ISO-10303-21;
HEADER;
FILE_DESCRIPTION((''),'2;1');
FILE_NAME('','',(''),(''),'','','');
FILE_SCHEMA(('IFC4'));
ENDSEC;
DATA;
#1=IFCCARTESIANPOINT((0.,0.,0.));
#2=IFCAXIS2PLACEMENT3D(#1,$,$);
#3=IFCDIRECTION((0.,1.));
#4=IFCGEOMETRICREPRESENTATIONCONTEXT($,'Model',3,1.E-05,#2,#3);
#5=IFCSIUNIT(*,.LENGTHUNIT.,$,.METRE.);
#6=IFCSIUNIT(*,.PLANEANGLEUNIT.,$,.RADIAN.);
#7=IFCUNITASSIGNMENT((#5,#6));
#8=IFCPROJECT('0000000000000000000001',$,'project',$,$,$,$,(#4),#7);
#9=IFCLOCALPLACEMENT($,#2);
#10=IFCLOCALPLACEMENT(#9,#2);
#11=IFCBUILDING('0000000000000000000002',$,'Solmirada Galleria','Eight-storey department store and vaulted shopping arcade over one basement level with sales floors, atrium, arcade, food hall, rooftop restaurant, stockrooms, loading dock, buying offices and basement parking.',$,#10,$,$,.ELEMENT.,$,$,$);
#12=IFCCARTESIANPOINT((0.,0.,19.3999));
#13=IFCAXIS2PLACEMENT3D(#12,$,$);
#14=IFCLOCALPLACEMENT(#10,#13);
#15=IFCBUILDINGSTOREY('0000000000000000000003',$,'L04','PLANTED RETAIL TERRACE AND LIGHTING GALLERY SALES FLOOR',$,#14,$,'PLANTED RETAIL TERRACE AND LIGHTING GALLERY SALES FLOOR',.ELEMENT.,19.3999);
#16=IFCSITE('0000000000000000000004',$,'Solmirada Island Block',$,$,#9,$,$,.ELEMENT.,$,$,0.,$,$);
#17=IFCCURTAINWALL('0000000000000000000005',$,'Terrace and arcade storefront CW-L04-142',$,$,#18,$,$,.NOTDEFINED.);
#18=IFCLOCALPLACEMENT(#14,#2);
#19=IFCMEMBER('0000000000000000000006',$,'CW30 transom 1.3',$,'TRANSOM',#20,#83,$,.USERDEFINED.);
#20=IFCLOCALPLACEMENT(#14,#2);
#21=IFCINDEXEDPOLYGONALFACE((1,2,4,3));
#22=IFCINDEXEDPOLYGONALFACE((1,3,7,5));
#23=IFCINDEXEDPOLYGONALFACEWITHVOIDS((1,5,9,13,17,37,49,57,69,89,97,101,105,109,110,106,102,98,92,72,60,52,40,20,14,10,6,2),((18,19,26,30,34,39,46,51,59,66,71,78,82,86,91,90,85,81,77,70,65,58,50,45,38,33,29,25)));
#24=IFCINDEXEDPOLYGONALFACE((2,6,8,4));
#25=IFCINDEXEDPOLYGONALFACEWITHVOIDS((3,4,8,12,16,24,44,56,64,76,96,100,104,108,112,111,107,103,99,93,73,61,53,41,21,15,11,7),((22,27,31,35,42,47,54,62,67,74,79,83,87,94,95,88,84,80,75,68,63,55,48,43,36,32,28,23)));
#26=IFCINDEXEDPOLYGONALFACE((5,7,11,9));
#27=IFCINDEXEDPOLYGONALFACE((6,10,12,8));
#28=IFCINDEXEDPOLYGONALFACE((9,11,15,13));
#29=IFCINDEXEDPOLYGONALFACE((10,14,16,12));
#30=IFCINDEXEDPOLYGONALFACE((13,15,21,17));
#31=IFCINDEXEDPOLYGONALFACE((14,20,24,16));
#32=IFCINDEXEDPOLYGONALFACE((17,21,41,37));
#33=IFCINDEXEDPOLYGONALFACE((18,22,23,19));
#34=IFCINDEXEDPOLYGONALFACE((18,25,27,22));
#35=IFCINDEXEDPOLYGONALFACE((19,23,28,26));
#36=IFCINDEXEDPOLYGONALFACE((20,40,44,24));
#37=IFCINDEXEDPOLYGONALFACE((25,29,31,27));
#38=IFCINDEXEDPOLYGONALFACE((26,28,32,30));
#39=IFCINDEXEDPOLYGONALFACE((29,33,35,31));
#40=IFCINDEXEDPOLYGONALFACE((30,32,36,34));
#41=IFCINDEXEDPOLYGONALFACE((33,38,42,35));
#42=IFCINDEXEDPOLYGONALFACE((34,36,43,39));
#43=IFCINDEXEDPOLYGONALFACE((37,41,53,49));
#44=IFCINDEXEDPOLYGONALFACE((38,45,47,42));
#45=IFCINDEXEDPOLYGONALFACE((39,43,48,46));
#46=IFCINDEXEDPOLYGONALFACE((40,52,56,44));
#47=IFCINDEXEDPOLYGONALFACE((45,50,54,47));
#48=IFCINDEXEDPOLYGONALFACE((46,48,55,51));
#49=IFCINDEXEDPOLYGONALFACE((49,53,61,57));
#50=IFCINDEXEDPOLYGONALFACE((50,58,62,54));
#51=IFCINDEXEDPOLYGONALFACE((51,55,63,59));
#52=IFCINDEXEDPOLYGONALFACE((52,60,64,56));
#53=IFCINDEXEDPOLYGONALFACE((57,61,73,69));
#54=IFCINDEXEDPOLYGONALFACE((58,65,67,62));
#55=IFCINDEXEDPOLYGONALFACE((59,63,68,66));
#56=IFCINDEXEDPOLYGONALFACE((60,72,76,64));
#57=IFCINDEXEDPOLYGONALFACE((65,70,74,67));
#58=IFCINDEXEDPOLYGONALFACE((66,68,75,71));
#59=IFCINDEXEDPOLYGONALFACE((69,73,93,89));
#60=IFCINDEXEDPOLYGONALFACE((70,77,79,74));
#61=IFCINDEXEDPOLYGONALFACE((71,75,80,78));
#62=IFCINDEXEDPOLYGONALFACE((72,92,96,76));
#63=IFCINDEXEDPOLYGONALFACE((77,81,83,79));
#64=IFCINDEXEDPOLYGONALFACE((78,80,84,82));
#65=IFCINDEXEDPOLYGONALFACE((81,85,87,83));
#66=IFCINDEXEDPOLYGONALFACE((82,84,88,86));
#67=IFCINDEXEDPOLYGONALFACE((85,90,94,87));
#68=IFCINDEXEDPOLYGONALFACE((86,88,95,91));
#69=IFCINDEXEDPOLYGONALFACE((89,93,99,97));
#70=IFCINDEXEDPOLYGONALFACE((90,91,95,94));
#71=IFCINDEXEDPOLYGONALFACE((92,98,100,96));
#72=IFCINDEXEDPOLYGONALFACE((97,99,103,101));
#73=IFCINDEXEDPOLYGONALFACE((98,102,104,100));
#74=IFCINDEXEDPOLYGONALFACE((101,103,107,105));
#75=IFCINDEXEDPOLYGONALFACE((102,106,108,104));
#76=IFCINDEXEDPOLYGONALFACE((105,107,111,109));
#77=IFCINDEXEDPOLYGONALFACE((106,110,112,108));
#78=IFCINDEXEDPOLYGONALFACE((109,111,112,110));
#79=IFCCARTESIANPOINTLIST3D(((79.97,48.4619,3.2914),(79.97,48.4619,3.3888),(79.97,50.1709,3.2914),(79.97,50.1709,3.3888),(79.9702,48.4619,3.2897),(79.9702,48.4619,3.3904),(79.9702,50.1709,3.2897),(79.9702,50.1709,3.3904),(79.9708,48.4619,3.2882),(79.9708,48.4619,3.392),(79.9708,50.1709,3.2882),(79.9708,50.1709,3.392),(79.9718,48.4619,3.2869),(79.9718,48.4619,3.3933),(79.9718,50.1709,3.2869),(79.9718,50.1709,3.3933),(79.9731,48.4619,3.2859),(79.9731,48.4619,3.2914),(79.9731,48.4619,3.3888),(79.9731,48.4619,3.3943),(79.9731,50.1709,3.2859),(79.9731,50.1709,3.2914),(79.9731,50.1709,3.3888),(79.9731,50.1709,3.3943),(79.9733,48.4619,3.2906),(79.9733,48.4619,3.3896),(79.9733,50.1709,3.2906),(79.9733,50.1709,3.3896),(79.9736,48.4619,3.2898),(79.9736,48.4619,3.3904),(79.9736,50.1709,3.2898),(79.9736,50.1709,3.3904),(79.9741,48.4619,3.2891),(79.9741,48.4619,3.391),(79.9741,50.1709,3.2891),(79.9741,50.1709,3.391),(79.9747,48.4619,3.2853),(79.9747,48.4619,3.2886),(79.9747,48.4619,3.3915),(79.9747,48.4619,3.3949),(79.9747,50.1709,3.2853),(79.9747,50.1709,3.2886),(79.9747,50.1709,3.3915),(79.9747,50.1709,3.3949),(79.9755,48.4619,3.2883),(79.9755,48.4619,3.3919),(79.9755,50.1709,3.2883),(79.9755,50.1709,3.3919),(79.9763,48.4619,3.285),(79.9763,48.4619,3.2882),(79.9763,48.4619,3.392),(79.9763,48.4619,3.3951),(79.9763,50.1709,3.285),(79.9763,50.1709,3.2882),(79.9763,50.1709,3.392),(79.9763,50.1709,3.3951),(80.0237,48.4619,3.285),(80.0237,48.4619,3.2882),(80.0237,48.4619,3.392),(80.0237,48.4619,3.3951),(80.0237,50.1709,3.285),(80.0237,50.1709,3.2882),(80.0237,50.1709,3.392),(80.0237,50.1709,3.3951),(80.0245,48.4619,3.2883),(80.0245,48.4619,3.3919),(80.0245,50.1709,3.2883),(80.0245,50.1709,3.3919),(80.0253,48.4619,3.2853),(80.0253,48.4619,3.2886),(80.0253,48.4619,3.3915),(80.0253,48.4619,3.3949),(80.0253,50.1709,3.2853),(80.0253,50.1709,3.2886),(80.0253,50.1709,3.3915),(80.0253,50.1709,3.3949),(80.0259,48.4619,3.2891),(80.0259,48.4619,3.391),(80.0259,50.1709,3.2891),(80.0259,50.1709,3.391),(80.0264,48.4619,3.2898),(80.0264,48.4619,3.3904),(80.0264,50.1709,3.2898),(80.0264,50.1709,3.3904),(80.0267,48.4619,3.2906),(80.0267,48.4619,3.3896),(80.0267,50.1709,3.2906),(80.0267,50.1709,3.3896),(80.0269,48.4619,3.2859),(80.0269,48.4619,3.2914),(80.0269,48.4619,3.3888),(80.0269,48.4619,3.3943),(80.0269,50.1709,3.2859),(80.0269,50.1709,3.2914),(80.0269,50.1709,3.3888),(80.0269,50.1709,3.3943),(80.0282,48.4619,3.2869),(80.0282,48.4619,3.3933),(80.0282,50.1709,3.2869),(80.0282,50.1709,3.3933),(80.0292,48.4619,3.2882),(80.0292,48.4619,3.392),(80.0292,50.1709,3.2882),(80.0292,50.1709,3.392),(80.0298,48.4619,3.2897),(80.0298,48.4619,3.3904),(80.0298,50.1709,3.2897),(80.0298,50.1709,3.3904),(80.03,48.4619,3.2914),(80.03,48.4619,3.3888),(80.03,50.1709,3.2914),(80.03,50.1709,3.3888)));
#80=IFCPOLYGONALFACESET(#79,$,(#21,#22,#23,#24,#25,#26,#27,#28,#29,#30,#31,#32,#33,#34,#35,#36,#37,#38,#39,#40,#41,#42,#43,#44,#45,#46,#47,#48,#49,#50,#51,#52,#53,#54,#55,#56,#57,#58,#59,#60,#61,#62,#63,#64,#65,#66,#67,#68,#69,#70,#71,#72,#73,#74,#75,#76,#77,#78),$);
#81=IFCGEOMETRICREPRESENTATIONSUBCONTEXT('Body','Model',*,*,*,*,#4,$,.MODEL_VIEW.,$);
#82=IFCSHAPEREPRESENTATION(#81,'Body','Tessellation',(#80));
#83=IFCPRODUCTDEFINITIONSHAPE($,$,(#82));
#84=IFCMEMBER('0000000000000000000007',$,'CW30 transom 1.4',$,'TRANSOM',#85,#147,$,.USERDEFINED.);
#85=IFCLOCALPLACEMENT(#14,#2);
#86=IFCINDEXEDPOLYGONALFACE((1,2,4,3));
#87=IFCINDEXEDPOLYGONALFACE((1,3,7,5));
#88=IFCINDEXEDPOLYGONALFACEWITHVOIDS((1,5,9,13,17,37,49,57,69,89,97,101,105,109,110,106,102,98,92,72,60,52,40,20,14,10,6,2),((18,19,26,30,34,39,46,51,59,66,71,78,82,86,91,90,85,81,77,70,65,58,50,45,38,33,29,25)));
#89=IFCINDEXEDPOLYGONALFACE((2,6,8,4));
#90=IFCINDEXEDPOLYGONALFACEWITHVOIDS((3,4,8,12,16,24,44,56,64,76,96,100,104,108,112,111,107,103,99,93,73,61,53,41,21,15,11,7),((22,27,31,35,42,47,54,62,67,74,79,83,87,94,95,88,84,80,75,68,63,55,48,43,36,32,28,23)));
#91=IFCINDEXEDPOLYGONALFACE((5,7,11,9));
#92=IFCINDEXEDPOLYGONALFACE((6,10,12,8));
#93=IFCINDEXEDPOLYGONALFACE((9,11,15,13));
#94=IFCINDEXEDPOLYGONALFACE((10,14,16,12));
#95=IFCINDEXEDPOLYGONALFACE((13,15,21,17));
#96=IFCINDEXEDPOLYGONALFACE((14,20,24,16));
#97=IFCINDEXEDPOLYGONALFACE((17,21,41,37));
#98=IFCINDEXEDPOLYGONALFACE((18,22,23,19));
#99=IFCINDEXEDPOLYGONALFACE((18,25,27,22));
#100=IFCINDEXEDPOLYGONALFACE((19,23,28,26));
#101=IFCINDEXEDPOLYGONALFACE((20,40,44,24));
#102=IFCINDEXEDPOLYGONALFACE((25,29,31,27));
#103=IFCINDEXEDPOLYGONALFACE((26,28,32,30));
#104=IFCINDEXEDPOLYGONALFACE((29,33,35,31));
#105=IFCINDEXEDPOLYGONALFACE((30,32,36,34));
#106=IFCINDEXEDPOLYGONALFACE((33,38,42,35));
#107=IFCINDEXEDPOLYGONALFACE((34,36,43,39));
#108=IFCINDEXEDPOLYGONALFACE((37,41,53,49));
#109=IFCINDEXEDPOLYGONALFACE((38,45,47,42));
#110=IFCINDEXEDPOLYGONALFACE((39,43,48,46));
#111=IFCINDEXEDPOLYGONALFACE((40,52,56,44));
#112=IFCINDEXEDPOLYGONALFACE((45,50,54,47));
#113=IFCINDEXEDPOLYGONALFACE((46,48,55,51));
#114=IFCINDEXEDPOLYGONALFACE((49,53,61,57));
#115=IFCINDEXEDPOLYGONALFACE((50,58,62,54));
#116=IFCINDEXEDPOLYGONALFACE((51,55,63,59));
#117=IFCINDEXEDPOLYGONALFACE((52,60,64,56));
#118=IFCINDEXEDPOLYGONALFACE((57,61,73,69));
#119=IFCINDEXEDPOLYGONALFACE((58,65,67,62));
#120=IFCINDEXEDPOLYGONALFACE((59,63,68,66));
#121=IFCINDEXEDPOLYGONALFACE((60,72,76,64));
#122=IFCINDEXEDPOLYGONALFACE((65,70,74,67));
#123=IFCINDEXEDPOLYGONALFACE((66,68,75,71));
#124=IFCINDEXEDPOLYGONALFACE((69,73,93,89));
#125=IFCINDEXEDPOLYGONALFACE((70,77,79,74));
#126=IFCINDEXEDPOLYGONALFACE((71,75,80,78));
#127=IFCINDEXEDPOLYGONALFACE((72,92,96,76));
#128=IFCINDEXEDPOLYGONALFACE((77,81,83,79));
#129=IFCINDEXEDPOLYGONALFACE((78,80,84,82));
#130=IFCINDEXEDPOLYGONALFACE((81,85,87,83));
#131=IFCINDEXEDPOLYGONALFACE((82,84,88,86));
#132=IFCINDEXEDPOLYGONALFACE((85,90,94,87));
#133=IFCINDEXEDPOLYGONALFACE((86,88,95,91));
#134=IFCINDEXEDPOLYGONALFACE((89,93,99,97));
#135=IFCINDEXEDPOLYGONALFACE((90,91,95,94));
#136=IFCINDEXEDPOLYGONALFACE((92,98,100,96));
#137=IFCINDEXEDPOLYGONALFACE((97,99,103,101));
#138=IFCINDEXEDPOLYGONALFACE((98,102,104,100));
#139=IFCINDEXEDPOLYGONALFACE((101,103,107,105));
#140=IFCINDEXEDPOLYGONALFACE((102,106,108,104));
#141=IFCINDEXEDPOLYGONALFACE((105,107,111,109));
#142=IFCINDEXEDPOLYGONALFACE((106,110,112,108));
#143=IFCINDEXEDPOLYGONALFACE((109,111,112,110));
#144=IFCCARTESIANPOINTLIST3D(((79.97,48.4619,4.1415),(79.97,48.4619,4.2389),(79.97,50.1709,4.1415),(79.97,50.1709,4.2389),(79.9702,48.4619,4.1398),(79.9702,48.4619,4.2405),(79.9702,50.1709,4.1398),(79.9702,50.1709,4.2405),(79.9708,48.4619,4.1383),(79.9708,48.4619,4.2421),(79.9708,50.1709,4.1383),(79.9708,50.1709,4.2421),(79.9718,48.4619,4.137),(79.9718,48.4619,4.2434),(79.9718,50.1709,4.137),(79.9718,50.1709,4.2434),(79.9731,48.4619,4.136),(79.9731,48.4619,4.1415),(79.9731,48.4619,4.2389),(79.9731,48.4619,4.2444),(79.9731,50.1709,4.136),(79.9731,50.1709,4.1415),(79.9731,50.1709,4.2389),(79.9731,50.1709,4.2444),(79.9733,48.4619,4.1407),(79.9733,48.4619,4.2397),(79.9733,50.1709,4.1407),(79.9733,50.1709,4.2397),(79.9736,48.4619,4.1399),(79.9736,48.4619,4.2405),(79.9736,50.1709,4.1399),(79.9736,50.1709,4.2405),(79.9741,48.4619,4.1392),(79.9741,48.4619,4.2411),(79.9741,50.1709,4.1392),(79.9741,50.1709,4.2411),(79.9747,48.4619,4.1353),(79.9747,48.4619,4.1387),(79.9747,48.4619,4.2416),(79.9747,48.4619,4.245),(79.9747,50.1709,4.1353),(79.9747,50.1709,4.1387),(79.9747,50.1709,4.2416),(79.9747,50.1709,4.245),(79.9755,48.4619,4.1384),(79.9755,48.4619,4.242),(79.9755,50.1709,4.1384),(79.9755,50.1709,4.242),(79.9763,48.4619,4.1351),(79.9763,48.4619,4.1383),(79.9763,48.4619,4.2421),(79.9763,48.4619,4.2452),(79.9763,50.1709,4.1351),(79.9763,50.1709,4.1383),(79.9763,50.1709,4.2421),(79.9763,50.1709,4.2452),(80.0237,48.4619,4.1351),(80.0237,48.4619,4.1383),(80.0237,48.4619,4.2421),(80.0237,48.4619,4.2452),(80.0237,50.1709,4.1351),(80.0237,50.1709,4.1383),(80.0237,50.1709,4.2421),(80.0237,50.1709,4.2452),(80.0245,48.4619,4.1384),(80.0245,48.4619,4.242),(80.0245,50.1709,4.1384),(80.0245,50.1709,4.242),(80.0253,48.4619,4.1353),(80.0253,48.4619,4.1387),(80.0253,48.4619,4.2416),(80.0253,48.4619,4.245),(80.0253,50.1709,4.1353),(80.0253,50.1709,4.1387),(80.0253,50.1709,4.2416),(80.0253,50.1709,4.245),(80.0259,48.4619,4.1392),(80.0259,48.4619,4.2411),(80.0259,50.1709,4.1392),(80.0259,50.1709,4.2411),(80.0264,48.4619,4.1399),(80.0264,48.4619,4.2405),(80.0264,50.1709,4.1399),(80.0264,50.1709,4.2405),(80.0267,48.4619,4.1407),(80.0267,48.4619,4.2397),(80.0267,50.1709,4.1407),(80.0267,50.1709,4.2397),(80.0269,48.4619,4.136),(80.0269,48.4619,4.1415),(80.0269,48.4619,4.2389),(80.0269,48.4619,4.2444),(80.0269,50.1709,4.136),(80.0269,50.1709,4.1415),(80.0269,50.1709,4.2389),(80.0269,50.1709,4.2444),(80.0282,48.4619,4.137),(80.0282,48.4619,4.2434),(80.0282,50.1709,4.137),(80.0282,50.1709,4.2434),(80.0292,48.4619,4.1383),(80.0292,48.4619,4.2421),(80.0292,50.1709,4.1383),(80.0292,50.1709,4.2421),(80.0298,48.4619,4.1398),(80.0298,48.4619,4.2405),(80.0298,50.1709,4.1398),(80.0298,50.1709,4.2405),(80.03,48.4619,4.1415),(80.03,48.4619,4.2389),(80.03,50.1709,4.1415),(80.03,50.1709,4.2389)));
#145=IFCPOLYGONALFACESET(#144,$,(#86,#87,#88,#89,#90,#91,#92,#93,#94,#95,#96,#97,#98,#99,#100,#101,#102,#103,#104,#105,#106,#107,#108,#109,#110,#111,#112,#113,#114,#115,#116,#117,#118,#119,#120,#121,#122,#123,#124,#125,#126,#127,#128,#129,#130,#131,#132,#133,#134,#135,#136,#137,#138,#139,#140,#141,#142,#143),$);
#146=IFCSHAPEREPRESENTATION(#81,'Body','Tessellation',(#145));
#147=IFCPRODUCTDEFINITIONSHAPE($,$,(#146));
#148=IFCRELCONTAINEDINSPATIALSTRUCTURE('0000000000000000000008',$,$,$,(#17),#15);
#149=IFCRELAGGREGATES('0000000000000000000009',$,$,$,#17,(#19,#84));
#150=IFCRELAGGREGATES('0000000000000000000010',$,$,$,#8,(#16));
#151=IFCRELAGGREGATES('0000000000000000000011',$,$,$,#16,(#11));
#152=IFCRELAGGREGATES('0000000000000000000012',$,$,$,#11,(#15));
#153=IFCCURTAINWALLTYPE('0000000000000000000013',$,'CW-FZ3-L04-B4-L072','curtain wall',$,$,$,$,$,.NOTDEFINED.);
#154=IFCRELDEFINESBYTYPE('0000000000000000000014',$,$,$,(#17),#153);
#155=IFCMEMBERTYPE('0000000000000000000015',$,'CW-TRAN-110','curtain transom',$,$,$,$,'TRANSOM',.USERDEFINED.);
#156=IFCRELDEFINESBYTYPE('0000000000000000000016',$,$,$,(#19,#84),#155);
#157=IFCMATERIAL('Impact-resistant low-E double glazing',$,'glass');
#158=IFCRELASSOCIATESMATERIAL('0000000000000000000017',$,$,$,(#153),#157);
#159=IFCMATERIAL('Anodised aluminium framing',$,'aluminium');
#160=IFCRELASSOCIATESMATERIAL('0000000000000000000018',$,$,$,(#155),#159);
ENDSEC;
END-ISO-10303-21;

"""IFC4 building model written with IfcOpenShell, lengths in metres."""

from ifc_helpers import new_model, si_unit, direction, frame, origin, origin_2d, place, context, subcontext, project, spatial, hollow_rectangle, extrude, material, material_profile, profile_set, type_object, element, aggregate, save


model = new_model("IFC4")

# Units and contexts
model_context = context("Model", 3, precision=1e-05, world=origin(), true_north=direction((0.0, 1.0)))
body_context = subcontext(model_context, "Body", "Model", "MODEL_VIEW")
ifc_project = project(units=[si_unit("LENGTHUNIT", "METRE"), si_unit("PLANEANGLEUNIT", "RADIAN")], contexts=[model_context])

# Site, building, storey
site_placement = place(None, origin())
site = spatial("IfcSite", under=ifc_project, at=site_placement, Name="Solmirada Island Block", CompositionType="ELEMENT", RefElevation=0.0)
building_placement = place(site_placement, origin())
building = spatial("IfcBuilding", under=site, at=building_placement, Name="Solmirada Galleria", Description="Eight-storey department store and vaulted shopping arcade over one basement level with sales floors, atrium, arcade, food hall, rooftop restaurant, stockrooms, loading dock, buying offices and basement parking.", CompositionType="ELEMENT")
storey_placement = place(building_placement, frame((0.0, 0.0, 19.3999)))
storey = spatial("IfcBuildingStorey", under=building, at=storey_placement, Name="L04", Description="PLANTED RETAIL TERRACE AND LIGHTING GALLERY SALES FLOOR", LongName="PLANTED RETAIL TERRACE AND LIGHTING GALLERY SALES FLOOR", CompositionType="ELEMENT", Elevation=19.3999)

# Shared definitions
ifc_material_1 = material(Name="Impact-resistant low-E double glazing", Category="glass")
curtain_wall_type = type_object("IfcCurtainWallType", Name="CW-FZ3-L04-B4-L072", Description="curtain wall", PredefinedType="NOTDEFINED", material=ifc_material_1)
ifc_material_2 = material(Name="Anodised aluminium framing", Category="aluminium")

# Curtain wall, members
curtain_wall_1_placement = place(storey_placement, origin())
curtain_wall_1 = element("IfcCurtainWall", 1, at=curtain_wall_1_placement, inside=storey, type_object=curtain_wall_type, Name="Terrace and arcade storefront CW-L04-142", PredefinedType="NOTDEFINED")
ifc_material_profile_1 = material_profile(ifc_material_2, hollow_rectangle(XDim=0.0601, YDim=0.1101, WallThickness=0.0032, InnerFilletRadius=0.0032, OuterFilletRadius=0.0063, at=origin_2d()), Name="ALU-TRAN-110X60")
ifc_profile_set_1 = profile_set([ifc_material_profile_1], Name="Anodised aluminium framing")
member_type_1 = type_object("IfcMemberType", Name="CW-TRAN-110", Description="curtain transom", ElementType="TRANSOM", PredefinedType="USERDEFINED", material=ifc_profile_set_1)
member_1_placement = place(storey_placement, frame((80.0, 48.4619, 3.3401), z_axis=(0.0, 1.0, 0.0), x_axis=(-1.0, 0.0, 0.0)))
member_1 = element("IfcMember", 2, at=member_1_placement, type_object=member_type_1, Name="CW30 transom 1.3", ObjectType="TRANSOM", PredefinedType="USERDEFINED", context=body_context, shape_type="SweptSolid", body=[
    extrude(hollow_rectangle(XDim=0.0601, YDim=0.1101, WallThickness=0.0032, InnerFilletRadius=0.0032, OuterFilletRadius=0.0063, at=origin_2d()), origin(), (0.0, 0.0, 1.0), 1.709),
])
member_2_placement = place(storey_placement, frame((80.0, 48.4619, 4.1902), z_axis=(0.0, 1.0, 0.0), x_axis=(-1.0, 0.0, 0.0)))
member_2 = element("IfcMember", 3, at=member_2_placement, type_object=member_type_1, Name="CW30 transom 1.4", ObjectType="TRANSOM", PredefinedType="USERDEFINED", context=body_context, shape_type="SweptSolid", body=[
    extrude(hollow_rectangle(XDim=0.0601, YDim=0.1101, WallThickness=0.0032, InnerFilletRadius=0.0032, OuterFilletRadius=0.0063, at=origin_2d()), origin(), (0.0, 0.0, 1.0), 1.709),
])

aggregate(curtain_wall_1, [member_1, member_2])

save(model, "model.ifc")
